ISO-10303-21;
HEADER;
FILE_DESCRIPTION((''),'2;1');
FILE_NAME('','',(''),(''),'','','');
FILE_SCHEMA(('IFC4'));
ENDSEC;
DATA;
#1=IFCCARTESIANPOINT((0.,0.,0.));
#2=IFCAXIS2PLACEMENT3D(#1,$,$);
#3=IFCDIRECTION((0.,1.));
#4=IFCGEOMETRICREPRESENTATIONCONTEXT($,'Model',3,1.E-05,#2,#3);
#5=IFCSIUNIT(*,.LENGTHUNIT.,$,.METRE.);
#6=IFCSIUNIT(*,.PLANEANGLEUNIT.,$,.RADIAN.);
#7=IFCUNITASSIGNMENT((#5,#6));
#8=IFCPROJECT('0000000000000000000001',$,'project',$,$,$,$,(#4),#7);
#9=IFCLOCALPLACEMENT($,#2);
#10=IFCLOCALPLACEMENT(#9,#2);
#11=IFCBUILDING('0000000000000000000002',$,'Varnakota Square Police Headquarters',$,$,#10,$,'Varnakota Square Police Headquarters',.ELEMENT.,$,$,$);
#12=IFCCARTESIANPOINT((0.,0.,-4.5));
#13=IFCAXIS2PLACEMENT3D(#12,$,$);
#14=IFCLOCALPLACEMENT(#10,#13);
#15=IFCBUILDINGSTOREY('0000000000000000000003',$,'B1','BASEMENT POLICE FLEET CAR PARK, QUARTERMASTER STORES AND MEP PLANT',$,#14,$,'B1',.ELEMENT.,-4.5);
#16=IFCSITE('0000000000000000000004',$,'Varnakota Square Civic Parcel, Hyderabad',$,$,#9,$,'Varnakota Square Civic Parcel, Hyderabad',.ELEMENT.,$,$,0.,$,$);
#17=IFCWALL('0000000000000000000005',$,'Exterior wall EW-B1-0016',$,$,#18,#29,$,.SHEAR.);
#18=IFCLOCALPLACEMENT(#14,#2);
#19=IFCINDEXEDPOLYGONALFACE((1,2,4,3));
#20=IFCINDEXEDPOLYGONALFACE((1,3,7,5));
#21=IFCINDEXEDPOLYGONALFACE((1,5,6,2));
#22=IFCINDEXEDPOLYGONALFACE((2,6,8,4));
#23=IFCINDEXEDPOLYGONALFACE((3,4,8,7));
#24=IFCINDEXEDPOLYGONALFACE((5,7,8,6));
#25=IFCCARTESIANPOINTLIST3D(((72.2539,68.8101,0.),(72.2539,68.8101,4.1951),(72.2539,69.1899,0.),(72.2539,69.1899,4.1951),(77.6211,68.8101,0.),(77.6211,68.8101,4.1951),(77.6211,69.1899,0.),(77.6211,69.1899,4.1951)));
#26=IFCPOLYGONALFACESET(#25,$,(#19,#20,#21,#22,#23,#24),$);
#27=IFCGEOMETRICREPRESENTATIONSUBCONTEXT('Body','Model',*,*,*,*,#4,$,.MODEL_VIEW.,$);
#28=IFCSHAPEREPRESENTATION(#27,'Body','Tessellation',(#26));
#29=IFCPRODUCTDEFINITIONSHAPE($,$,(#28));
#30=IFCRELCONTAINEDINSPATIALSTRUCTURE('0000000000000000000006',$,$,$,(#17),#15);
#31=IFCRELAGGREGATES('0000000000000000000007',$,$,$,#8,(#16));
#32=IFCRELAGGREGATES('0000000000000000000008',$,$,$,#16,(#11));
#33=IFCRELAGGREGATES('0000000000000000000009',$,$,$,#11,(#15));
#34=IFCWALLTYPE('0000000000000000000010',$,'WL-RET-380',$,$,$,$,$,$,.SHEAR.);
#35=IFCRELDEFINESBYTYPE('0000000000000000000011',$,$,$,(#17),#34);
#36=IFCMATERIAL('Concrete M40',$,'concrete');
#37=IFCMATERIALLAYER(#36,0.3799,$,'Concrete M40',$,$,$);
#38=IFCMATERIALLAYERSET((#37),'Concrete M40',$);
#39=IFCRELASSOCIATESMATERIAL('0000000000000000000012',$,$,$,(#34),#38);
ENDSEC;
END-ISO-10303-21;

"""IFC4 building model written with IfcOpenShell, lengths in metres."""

from ifc_helpers import new_model, si_unit, direction, frame, frame_2d, origin, place, context, subcontext, project, spatial, rectangle, extrude, material, layer, layer_set, type_object, element, save


model = new_model("IFC4")

# Units and contexts
model_context = context("Model", 3, precision=1e-05, world=origin(), true_north=direction((0.0, 1.0)))
body_context = subcontext(model_context, "Body", "Model", "MODEL_VIEW")
ifc_project = project(units=[si_unit("LENGTHUNIT", "METRE"), si_unit("PLANEANGLEUNIT", "RADIAN")], contexts=[model_context])

# Site, building, storey
site_placement = place(None, origin())
site = spatial("IfcSite", under=ifc_project, at=site_placement, Name="Varnakota Square Civic Parcel, Hyderabad", LongName="Varnakota Square Civic Parcel, Hyderabad", CompositionType="ELEMENT", RefElevation=0.0)
building_placement = place(site_placement, origin())
building = spatial("IfcBuilding", under=site, at=building_placement, Name="Varnakota Square Police Headquarters", LongName="Varnakota Square Police Headquarters", CompositionType="ELEMENT")
storey_placement = place(building_placement, frame((0.0, 0.0, -4.5)))
storey = spatial("IfcBuildingStorey", under=building, at=storey_placement, Name="B1", Description="BASEMENT POLICE FLEET CAR PARK, QUARTERMASTER STORES AND MEP PLANT", LongName="B1", CompositionType="ELEMENT", Elevation=-4.5)

# Shared definitions
ifc_material_1 = material(Name="Concrete M40", Category="concrete")

# Wall
ifc_layer_1 = layer(ifc_material_1, 0.3799, Name="Concrete M40")
ifc_layer_set_1 = layer_set([ifc_layer_1], Name="Concrete M40")
wall_type_1 = type_object("IfcWallType", Name="WL-RET-380", PredefinedType="SHEAR", material=ifc_layer_set_1)
for number, where, z_axis, x_axis, name in (
    (1, (72.2539, 69.0, 0.0), (0.0, 0.0, 1.0), (1.0, 0.0, 0.0), "Exterior wall EW-B1-0016"),
):
    element("IfcWall", number, at=place(storey_placement, frame(where, z_axis=z_axis, x_axis=x_axis)), inside=storey, type_object=wall_type_1, Name=name, PredefinedType="SHEAR", context=body_context, shape_type="SweptSolid", body=[
        extrude(rectangle(XDim=5.3672, YDim=0.3799, at=frame_2d((2.6836, 0.0))), origin(), (0.0, 0.0, 1.0), 4.1951),
    ])

save(model, "model.ifc")
